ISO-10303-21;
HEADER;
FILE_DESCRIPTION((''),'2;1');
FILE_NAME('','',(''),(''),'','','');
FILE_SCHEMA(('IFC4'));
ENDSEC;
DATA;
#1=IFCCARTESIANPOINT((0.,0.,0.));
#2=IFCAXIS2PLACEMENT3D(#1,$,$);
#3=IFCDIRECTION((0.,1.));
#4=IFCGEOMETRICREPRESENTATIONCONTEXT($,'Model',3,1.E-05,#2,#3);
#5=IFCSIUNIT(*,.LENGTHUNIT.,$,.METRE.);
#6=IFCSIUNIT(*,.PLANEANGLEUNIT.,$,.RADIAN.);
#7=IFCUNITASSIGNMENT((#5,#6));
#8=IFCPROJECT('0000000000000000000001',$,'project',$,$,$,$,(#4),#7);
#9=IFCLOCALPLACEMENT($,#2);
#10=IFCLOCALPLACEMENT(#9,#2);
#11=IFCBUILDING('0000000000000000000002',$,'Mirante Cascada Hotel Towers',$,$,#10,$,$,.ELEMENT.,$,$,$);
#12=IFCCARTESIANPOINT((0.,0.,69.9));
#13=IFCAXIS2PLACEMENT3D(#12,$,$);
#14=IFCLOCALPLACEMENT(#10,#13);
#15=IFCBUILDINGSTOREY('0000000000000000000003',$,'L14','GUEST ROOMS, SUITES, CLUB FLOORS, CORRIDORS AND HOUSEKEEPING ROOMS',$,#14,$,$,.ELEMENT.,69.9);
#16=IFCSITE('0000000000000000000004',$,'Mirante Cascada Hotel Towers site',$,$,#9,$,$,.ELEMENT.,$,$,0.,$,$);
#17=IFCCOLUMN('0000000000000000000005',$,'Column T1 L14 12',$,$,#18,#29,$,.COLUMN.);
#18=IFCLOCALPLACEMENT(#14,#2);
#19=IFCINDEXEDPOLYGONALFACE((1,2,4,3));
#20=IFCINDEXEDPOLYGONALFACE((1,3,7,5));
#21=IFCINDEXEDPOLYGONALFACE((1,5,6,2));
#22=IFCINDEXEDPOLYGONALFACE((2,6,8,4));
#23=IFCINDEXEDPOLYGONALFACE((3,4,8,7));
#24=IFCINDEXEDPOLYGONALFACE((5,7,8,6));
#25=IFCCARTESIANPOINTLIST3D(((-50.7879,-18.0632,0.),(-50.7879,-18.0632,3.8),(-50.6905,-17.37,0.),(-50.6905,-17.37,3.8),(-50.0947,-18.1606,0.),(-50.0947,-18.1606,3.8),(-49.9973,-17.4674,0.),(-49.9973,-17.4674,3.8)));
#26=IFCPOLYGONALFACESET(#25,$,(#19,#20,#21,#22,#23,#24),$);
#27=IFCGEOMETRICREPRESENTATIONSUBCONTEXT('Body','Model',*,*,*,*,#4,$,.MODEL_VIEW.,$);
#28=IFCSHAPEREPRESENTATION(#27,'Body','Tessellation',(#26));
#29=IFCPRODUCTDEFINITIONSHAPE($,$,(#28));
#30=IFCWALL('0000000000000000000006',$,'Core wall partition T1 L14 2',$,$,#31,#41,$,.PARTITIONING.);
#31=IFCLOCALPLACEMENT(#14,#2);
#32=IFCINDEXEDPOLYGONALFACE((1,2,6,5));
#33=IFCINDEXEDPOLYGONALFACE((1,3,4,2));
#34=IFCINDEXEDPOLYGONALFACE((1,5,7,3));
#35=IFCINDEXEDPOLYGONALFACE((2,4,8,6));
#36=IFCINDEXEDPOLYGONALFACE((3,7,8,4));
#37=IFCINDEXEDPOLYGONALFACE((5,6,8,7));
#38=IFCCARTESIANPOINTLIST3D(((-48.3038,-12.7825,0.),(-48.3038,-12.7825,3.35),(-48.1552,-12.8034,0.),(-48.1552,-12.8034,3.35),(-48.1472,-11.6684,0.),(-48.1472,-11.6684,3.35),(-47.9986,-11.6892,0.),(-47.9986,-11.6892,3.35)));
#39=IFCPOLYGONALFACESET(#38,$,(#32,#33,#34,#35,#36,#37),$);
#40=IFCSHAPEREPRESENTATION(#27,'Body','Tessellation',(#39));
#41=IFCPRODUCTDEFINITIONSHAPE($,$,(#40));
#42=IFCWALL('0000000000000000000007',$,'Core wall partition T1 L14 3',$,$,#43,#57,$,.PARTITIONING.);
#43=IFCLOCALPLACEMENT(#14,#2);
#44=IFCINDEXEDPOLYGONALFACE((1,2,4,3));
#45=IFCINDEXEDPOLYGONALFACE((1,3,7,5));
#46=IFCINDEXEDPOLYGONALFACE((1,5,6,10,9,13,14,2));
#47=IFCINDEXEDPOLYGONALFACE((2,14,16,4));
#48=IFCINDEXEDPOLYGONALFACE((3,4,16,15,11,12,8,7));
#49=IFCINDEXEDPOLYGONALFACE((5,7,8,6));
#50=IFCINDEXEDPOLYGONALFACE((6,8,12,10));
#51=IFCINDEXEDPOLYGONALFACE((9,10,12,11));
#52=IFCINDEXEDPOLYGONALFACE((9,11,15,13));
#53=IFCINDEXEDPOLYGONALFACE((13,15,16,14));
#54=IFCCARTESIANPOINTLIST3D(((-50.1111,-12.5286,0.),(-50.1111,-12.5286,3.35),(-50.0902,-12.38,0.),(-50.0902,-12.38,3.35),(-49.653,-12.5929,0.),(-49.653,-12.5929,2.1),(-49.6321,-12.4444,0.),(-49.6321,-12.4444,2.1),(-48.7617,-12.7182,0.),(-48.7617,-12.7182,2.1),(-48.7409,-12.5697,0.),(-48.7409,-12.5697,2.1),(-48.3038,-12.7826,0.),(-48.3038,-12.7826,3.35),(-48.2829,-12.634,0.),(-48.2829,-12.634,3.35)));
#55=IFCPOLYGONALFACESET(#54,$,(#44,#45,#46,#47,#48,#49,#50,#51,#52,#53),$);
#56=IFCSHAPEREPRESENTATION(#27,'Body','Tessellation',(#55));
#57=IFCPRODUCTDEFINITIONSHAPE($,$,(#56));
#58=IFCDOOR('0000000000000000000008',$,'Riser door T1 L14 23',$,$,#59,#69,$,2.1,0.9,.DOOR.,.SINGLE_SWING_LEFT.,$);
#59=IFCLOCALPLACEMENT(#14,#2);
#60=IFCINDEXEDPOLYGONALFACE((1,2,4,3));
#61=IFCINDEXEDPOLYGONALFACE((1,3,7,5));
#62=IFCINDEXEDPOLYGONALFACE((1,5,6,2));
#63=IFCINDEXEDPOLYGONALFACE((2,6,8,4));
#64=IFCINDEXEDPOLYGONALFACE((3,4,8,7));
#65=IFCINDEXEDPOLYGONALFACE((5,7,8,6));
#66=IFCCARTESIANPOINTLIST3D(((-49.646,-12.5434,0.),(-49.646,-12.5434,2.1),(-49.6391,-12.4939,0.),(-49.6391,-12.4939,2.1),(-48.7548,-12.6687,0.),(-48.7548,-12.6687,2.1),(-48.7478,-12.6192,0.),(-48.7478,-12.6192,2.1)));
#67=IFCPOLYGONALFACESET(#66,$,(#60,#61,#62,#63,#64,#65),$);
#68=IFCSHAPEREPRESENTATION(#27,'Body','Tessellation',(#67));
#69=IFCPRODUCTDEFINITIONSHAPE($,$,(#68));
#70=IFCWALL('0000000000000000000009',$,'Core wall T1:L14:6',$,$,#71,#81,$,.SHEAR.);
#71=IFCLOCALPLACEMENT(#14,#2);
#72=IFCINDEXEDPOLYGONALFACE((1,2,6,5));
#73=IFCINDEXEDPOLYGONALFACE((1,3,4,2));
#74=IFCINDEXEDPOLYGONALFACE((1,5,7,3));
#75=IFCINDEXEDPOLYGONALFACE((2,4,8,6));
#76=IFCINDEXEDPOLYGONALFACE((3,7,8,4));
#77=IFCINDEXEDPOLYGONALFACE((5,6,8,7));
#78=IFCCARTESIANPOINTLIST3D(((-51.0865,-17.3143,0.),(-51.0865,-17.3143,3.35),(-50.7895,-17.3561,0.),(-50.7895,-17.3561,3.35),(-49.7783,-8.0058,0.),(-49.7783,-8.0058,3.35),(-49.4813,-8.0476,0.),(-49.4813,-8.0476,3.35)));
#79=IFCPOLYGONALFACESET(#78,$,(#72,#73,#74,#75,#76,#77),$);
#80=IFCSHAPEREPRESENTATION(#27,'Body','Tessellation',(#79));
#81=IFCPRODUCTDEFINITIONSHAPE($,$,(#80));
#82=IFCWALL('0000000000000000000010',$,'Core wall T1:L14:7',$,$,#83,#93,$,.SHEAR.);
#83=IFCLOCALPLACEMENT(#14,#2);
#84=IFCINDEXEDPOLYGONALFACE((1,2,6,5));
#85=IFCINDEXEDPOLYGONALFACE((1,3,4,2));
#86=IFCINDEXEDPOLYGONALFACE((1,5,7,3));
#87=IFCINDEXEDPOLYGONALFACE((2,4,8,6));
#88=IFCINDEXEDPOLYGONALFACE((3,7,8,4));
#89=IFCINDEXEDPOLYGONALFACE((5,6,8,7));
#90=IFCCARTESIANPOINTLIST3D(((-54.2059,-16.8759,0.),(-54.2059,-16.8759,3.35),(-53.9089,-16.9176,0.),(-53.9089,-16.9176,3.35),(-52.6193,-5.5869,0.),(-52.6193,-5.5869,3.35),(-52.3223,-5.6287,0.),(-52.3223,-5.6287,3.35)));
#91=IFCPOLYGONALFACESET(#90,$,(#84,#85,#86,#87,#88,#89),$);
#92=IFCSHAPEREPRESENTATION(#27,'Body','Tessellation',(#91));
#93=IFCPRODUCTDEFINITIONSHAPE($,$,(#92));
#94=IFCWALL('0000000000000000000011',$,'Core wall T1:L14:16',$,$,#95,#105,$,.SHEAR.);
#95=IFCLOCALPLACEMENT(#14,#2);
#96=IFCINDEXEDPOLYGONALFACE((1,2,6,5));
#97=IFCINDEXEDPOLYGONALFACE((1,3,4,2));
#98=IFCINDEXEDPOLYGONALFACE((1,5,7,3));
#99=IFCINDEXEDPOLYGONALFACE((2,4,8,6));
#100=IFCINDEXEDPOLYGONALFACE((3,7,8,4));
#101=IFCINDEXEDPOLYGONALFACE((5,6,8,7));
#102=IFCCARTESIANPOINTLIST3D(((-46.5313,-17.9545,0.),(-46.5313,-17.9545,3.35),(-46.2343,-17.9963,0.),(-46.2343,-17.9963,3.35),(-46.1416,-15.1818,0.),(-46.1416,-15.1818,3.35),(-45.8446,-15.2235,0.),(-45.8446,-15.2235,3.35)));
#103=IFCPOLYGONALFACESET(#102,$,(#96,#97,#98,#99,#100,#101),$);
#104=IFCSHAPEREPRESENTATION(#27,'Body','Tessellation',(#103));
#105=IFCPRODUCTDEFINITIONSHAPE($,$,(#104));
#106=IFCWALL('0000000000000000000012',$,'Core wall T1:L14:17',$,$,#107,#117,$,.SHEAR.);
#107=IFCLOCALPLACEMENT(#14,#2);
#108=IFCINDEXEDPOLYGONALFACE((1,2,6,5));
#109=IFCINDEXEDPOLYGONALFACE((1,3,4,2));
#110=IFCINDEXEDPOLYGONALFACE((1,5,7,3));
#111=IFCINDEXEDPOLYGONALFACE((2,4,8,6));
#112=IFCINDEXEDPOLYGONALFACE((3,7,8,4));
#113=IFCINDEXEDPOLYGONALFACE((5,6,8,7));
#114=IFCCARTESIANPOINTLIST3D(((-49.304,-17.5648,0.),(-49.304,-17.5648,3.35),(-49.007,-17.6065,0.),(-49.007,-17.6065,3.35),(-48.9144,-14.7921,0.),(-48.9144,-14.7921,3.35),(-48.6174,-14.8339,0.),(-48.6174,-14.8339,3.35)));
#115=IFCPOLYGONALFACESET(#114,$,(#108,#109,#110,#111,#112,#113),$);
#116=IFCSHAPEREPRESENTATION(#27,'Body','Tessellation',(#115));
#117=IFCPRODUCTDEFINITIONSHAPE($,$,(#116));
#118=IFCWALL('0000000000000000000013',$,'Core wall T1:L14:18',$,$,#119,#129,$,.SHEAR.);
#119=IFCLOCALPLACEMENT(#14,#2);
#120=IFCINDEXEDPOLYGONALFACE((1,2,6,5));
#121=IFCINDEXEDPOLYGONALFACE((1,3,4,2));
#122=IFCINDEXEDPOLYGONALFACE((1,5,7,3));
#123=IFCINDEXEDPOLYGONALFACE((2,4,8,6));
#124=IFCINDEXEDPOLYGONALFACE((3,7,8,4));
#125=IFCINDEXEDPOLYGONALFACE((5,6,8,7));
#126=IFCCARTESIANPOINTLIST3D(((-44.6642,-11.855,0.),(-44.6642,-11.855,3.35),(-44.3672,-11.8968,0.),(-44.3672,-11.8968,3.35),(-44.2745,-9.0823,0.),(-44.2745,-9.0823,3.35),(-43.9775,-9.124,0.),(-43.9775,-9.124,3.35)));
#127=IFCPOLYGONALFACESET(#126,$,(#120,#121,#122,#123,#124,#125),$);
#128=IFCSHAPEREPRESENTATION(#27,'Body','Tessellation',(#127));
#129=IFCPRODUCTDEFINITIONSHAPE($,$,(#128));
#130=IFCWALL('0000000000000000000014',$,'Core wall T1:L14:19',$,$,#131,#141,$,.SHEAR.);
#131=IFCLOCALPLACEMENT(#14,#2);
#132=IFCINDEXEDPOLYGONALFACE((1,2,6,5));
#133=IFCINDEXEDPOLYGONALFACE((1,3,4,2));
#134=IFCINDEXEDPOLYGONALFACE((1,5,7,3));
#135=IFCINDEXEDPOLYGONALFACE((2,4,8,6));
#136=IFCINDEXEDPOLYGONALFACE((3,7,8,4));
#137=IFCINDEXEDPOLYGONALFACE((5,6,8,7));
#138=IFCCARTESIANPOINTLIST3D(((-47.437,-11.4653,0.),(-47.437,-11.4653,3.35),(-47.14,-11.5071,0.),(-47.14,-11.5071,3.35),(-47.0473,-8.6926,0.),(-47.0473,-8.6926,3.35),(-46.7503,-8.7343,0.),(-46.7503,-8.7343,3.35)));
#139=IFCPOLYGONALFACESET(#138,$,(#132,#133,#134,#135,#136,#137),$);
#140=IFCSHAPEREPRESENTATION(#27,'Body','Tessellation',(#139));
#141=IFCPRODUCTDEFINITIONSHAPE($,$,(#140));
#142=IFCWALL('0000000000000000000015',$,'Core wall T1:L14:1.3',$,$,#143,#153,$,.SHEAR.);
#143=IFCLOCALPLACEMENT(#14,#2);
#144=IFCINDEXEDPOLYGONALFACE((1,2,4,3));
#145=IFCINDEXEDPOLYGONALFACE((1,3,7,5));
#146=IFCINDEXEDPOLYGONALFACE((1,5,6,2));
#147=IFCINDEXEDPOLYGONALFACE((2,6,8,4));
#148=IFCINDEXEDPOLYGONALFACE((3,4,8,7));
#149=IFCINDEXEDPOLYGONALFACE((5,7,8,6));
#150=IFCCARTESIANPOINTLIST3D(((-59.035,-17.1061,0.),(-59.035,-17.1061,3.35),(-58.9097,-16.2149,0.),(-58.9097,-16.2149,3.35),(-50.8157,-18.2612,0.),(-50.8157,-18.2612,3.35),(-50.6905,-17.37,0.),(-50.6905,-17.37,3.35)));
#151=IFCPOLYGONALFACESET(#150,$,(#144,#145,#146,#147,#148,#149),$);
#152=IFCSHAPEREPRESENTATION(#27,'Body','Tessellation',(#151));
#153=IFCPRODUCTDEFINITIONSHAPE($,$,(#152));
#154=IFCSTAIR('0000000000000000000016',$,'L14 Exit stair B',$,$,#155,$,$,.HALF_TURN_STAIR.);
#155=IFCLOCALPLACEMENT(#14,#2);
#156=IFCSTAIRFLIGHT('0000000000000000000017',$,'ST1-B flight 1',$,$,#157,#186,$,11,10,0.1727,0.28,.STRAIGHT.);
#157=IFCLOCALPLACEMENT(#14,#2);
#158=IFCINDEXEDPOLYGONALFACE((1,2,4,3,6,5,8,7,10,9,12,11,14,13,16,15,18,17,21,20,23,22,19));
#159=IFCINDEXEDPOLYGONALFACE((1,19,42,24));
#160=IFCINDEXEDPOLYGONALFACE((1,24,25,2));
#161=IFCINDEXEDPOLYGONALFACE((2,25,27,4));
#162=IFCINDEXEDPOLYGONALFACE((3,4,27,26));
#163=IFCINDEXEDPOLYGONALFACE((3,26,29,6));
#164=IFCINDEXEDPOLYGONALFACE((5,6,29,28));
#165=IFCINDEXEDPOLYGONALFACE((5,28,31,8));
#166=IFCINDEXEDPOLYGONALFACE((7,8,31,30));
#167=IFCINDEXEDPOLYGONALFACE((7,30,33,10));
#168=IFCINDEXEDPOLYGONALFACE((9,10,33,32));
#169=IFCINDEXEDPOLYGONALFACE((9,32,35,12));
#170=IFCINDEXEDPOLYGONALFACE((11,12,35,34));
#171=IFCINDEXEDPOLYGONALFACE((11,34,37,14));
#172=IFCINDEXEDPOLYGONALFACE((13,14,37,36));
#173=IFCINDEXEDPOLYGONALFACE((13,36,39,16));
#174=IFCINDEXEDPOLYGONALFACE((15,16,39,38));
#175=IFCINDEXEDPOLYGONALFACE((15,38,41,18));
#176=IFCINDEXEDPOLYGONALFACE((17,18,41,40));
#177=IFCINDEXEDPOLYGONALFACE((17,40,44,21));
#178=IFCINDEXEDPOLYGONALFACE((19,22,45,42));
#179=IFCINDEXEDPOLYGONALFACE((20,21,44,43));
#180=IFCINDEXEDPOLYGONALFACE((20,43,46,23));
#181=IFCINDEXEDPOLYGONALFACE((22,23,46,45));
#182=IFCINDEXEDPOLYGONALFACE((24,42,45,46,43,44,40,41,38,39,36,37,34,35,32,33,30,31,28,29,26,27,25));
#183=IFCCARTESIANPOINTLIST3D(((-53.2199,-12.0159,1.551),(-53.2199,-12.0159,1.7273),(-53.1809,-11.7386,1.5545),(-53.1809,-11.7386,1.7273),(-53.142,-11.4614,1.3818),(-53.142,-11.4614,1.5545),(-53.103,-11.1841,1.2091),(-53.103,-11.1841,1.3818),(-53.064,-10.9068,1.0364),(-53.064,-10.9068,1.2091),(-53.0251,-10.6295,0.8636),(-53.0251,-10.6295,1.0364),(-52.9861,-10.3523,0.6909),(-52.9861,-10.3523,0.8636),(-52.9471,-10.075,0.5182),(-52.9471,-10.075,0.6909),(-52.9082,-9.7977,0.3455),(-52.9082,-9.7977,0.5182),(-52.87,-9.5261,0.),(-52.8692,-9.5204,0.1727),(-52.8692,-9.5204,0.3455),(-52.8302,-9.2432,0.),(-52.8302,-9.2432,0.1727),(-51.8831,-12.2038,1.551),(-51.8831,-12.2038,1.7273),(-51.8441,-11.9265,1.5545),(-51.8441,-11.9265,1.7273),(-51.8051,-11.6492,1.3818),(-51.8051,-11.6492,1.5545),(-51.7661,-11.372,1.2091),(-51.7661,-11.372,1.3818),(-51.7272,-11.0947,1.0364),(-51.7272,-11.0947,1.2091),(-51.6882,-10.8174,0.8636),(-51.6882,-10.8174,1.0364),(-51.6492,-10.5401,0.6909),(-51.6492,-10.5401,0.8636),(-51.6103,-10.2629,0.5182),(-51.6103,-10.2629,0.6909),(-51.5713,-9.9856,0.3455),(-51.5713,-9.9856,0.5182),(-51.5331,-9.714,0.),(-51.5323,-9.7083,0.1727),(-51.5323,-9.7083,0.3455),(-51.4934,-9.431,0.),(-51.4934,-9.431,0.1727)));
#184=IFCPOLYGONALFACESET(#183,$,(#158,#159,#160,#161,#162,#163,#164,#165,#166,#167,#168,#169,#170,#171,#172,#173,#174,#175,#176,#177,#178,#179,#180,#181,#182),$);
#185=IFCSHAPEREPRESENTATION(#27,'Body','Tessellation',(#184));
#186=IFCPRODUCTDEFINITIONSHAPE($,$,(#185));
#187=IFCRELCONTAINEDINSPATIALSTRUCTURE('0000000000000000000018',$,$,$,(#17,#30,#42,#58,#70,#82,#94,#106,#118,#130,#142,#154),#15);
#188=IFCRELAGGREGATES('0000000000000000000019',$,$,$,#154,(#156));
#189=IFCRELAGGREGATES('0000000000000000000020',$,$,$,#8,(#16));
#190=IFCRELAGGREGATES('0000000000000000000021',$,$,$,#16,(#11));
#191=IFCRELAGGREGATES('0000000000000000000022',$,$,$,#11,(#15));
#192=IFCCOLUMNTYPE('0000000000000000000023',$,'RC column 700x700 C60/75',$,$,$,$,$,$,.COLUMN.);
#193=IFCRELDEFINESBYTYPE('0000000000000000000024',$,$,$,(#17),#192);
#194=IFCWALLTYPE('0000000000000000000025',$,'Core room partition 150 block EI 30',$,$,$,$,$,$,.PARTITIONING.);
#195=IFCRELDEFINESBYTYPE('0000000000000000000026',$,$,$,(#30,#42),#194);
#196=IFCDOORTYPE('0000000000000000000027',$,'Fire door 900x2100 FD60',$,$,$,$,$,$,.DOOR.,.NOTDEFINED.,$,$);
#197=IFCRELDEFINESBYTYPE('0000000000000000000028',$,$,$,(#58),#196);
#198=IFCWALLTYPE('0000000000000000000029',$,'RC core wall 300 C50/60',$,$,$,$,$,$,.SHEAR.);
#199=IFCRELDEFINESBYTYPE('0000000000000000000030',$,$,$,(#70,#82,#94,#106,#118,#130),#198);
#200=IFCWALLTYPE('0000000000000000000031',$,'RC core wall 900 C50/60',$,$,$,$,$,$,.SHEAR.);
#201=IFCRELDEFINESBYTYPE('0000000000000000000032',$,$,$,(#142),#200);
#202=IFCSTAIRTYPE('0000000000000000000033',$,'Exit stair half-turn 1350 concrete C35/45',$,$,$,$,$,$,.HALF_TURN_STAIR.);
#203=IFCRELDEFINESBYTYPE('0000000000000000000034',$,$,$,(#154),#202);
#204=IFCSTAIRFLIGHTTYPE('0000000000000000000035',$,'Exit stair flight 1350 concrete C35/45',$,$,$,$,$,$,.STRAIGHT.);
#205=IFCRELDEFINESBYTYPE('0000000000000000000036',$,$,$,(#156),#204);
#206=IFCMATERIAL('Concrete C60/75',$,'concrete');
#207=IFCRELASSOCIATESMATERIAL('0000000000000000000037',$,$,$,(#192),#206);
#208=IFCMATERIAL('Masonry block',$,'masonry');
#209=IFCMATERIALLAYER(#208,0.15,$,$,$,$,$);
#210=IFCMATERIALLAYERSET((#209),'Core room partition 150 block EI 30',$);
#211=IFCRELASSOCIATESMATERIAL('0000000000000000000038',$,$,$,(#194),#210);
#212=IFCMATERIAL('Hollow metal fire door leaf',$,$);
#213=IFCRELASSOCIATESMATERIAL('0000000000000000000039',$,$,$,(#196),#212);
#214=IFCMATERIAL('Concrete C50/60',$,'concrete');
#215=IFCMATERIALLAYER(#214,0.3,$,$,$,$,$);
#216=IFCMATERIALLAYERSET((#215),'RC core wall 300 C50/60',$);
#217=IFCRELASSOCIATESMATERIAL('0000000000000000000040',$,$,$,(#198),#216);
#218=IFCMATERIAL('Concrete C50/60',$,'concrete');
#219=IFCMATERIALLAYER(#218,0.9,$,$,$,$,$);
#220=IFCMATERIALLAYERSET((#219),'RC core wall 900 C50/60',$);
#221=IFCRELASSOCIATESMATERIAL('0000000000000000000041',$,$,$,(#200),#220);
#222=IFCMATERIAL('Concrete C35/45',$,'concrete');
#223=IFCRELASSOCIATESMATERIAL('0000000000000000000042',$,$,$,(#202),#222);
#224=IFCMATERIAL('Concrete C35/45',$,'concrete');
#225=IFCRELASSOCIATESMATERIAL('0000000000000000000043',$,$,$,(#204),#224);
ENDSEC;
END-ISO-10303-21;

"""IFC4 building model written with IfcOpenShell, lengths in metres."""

from ifc_helpers import new_model, si_unit, direction, frame, frame_2d, origin, origin_2d, place, context, subcontext, project, spatial, polyline, rectangle, outline, extrude, material, layer, layer_set, material_profile, profile_set, type_object, element, fill, aggregate, save


model = new_model("IFC4")

# Units and contexts
model_context = context("Model", 3, precision=1e-05, world=origin(), true_north=direction((0.0, 1.0)))
body_context = subcontext(model_context, "Body", "Model", "MODEL_VIEW")
ifc_project = project(units=[si_unit("LENGTHUNIT", "METRE"), si_unit("PLANEANGLEUNIT", "RADIAN")], contexts=[model_context])

# Site, building, storey
site_placement = place(None, origin())
site = spatial("IfcSite", under=ifc_project, at=site_placement, Name="Mirante Cascada Hotel Towers site", CompositionType="ELEMENT", RefElevation=0.0)
building_placement = place(site_placement, origin())
building = spatial("IfcBuilding", under=site, at=building_placement, Name="Mirante Cascada Hotel Towers", CompositionType="ELEMENT")
storey_placement = place(building_placement, frame((0.0, 0.0, 69.9)))
storey = spatial("IfcBuildingStorey", under=building, at=storey_placement, Name="L14", Description="GUEST ROOMS, SUITES, CLUB FLOORS, CORRIDORS AND HOUSEKEEPING ROOMS", CompositionType="ELEMENT", Elevation=69.9)

# Column
ifc_material_1 = material(Name="Concrete C60/75", Category="concrete")
ifc_material_profile = material_profile(ifc_material_1, rectangle(XDim=0.7, YDim=0.7, at=origin_2d()), Name="RC column 700x700 C60/75")
ifc_profile_set = profile_set([ifc_material_profile], Name="Concrete C60/75")
column_type = type_object("IfcColumnType", Name="RC column 700x700 C60/75", PredefinedType="COLUMN", material=ifc_profile_set)
column_placement = place(storey_placement, frame((-50.3926, -17.7653, 0.0), z_axis=(0.0, 0.0, 1.0), x_axis=(-0.990268, 0.139173, 0.0)))
element("IfcColumn", 1, at=column_placement, inside=storey, type_object=column_type, Name="Column T1 L14 12", PredefinedType="COLUMN", context=body_context, shape_type="SweptSolid", body=[
    extrude(rectangle(XDim=0.7, YDim=0.7, at=origin_2d()), origin(), (0.0, 0.0, 1.0), 3.8),
])

# Wall
ifc_material_2 = material(Name="Masonry block", Category="masonry")
ifc_layer_1 = layer(ifc_material_2, 0.15)
ifc_layer_set_1 = layer_set([ifc_layer_1], Name="Core room partition 150 block EI 30")
wall_type_1 = type_object("IfcWallType", Name="Core room partition 150 block EI 30", PredefinedType="PARTITIONING", material=ifc_layer_set_1)
wall_1_placement = place(storey_placement, frame((-48.2295, -12.793, 0.0), z_axis=(0.0, 0.0, 1.0), x_axis=(0.139193, 0.990265, 0.0)))
element("IfcWall", 2, at=wall_1_placement, inside=storey, type_object=wall_type_1, Name="Core wall partition T1 L14 2", PredefinedType="PARTITIONING", context=body_context, shape_type="SweptSolid", body=[
    extrude(rectangle(XDim=1.1251, YDim=0.15, at=frame_2d((0.5626, 0.0))), origin(), (0.0, 0.0, 1.0), 3.35),
])

# Wall, opening, door
wall_2_placement = place(storey_placement, frame((-48.2933, -12.7083, 0.0), z_axis=(0.0, 0.0, 1.0), x_axis=(-0.990268, 0.139173, 0.0)))
wall_2 = element("IfcWall", 3, at=wall_2_placement, inside=storey, type_object=wall_type_1, Name="Core wall partition T1 L14 3", PredefinedType="PARTITIONING", context=body_context, shape_type="SweptSolid", body=[
    extrude(rectangle(XDim=1.8251, YDim=0.15, at=frame_2d((0.9126, 0.0))), origin(), (0.0, 0.0, 1.0), 3.35),
])
opening_1_placement = place(wall_2_placement, frame((0.4625, 0.0, 0.0)))
opening_1 = element("IfcOpeningElement", 4, at=opening_1_placement, cuts=wall_2, PredefinedType="OPENING", context=body_context, shape_type="SweptSolid", body=[
    extrude(rectangle(XDim=0.9, YDim=2.1, at=frame_2d((0.45, 1.05))), frame((0.0, 0.075, 0.0), z_axis=(0.0, -1.0, 0.0), x_axis=(1.0, 0.0, 0.0)), (0.0, 0.0, 1.0), 0.15),
])
ifc_material_3 = material(Name="Hollow metal fire door leaf")
door_type_1 = type_object("IfcDoorType", Name="Fire door 900x2100 FD60", OperationType="NOTDEFINED", PredefinedType="DOOR", material=ifc_material_3)
door_1_placement = place(opening_1_placement, origin())
door_1 = element("IfcDoor", 5, at=door_1_placement, inside=storey, type_object=door_type_1, Name="Riser door T1 L14 23", OperationType="SINGLE_SWING_LEFT", OverallHeight=2.1, OverallWidth=0.9, PredefinedType="DOOR", context=body_context, shape_type="SweptSolid", body=[
    extrude(rectangle(XDim=0.9, YDim=2.1, at=frame_2d((0.45, 1.05))), frame((0.0, 0.025, 0.0), z_axis=(0.0, -1.0, 0.0), x_axis=(1.0, 0.0, 0.0)), (0.0, 0.0, 1.0), 0.05),
])
fill(opening_1, door_1)

# Walls
ifc_material_4 = material(Name="Concrete C50/60", Category="concrete")
ifc_layer_2 = layer(ifc_material_4, 0.3)
ifc_layer_set_2 = layer_set([ifc_layer_2], Name="RC core wall 300 C50/60")
wall_type_2 = type_object("IfcWallType", Name="RC core wall 300 C50/60", PredefinedType="SHEAR", material=ifc_layer_set_2)
wall_3_placement = place(storey_placement, frame((-50.938, -17.3352, 0.0), z_axis=(0.0, 0.0, 1.0), x_axis=(0.139171, 0.990268, 0.0)))
element("IfcWall", 6, at=wall_3_placement, inside=storey, type_object=wall_type_2, Name="Core wall T1:L14:6", PredefinedType="SHEAR", context=body_context, shape_type="SweptSolid", body=[
    extrude(rectangle(XDim=9.4, YDim=0.3, at=frame_2d((4.7, 0.0))), origin(), (0.0, 0.0, 1.0), 3.35),
])
wall_4_placement = place(storey_placement, frame((-54.0574, -16.8968, 0.0), z_axis=(0.0, 0.0, 1.0), x_axis=(0.139176, 0.990268, 0.0)))
element("IfcWall", 7, at=wall_4_placement, inside=storey, type_object=wall_type_2, Name="Core wall T1:L14:7", PredefinedType="SHEAR", context=body_context, shape_type="SweptSolid", body=[
    extrude(rectangle(XDim=11.3999, YDim=0.3, at=frame_2d((5.7, 0.0))), origin(), (0.0, 0.0, 1.0), 3.35),
])
wall_5_placement = place(storey_placement, frame((-46.3828, -17.9754, 0.0), z_axis=(0.0, 0.0, 1.0), x_axis=(0.139181, 0.990267, 0.0)))
element("IfcWall", 8, at=wall_5_placement, inside=storey, type_object=wall_type_2, Name="Core wall T1:L14:16", PredefinedType="SHEAR", context=body_context, shape_type="SweptSolid", body=[
    extrude(rectangle(XDim=2.8, YDim=0.3, at=frame_2d((1.4, 0.0))), origin(), (0.0, 0.0, 1.0), 3.35),
])
wall_6_placement = place(storey_placement, frame((-49.1555, -17.5857, 0.0), z_axis=(0.0, 0.0, 1.0), x_axis=(0.139146, 0.990272, 0.0)))
element("IfcWall", 9, at=wall_6_placement, inside=storey, type_object=wall_type_2, Name="Core wall T1:L14:17", PredefinedType="SHEAR", context=body_context, shape_type="SweptSolid", body=[
    extrude(rectangle(XDim=2.7999, YDim=0.3, at=frame_2d((1.4, 0.0))), origin(), (0.0, 0.0, 1.0), 3.35),
])
for number, where, z_axis, x_axis, name in (
    (10, (-44.5157, -11.8759, 0.0), (0.0, 0.0, 1.0), (0.139181, 0.990267, 0.0), "Core wall T1:L14:18"),
    (11, (-47.2885, -11.4862, 0.0), (0.0, 0.0, 1.0), (0.139181, 0.990267, 0.0), "Core wall T1:L14:19"),
):
    element("IfcWall", number, at=place(storey_placement, frame(where, z_axis=z_axis, x_axis=x_axis)), inside=storey, type_object=wall_type_2, Name=name, PredefinedType="SHEAR", context=body_context, shape_type="SweptSolid", body=[
        extrude(rectangle(XDim=2.8, YDim=0.3, at=frame_2d((1.4, 0.0))), origin(), (0.0, 0.0, 1.0), 3.35),
    ])

# Wall
ifc_material_5 = material(Name="Concrete C50/60", Category="concrete")
ifc_layer_3 = layer(ifc_material_5, 0.9)
ifc_layer_set_3 = layer_set([ifc_layer_3], Name="RC core wall 900 C50/60")
wall_type_3 = type_object("IfcWallType", Name="RC core wall 900 C50/60", PredefinedType="SHEAR", material=ifc_layer_set_3)
wall_7_placement = place(storey_placement, frame((-50.7531, -17.8156, 0.0), z_axis=(0.0, 0.0, 1.0), x_axis=(-0.990269, 0.139169, 0.0)))
element("IfcWall", 12, at=wall_7_placement, inside=storey, type_object=wall_type_3, Name="Core wall T1:L14:1.3", PredefinedType="SHEAR", context=body_context, shape_type="SweptSolid", body=[
    extrude(rectangle(XDim=8.3, YDim=0.9, at=frame_2d((4.15, 0.0))), origin(), (0.0, 0.0, 1.0), 3.35),
])

# Stair, stair flight
ifc_material_6 = material(Name="Concrete C35/45", Category="concrete")
stair_type = type_object("IfcStairType", Name="Exit stair half-turn 1350 concrete C35/45", PredefinedType="HALF_TURN_STAIR", material=ifc_material_6)
stair_placement = place(storey_placement, origin())
stair = element("IfcStair", 13, at=stair_placement, inside=storey, type_object=stair_type, Name="L14 Exit stair B", PredefinedType="HALF_TURN_STAIR")
ifc_material_7 = material(Name="Concrete C35/45", Category="concrete")
stair_flight_type = type_object("IfcStairFlightType", Name="Exit stair flight 1350 concrete C35/45", PredefinedType="STRAIGHT", material=ifc_material_7)
stair_flight_1_placement = place(storey_placement, frame((-52.1618, -9.3371, 0.0), z_axis=(0.0, 0.0, 1.0), x_axis=(-0.139173, -0.990268, 0.0)))
stair_flight_1 = element("IfcStairFlight", 14, at=stair_flight_1_placement, type_object=stair_flight_type, Name="ST1-B flight 1", NumberOfRisers=11, NumberOfTreads=10, PredefinedType="STRAIGHT", RiserHeight=0.1727, TreadLength=0.28, context=body_context, shape_type="SweptSolid", body=[
    extrude(outline(polyline([(0.0, 0.0), (0.0, 0.1727), (0.28, 0.1727), (0.28, 0.3455), (0.56, 0.3455), (0.56, 0.5182), (0.84, 0.5182), (0.84, 0.6909), (1.12, 0.6909), (1.12, 0.8636), (1.4, 0.8636), (1.4, 1.0364), (1.68, 1.0364), (1.68, 1.2091), (1.96, 1.2091), (1.96, 1.3818), (2.24, 1.3818), (2.24, 1.5545), (2.52, 1.5545), (2.52, 1.7273), (2.8, 1.7273), (2.8, 1.9), (2.8, 1.551), (0.2857, 0.0), (0.0, 0.0)])), frame((0.0, 0.675, 0.0), z_axis=(0.0, -1.0, 0.0), x_axis=(1.0, 0.0, 0.0)), (0.0, 0.0, 1.0), 1.35),
])
aggregate(stair, [stair_flight_1])

save(model, "model.ifc")
